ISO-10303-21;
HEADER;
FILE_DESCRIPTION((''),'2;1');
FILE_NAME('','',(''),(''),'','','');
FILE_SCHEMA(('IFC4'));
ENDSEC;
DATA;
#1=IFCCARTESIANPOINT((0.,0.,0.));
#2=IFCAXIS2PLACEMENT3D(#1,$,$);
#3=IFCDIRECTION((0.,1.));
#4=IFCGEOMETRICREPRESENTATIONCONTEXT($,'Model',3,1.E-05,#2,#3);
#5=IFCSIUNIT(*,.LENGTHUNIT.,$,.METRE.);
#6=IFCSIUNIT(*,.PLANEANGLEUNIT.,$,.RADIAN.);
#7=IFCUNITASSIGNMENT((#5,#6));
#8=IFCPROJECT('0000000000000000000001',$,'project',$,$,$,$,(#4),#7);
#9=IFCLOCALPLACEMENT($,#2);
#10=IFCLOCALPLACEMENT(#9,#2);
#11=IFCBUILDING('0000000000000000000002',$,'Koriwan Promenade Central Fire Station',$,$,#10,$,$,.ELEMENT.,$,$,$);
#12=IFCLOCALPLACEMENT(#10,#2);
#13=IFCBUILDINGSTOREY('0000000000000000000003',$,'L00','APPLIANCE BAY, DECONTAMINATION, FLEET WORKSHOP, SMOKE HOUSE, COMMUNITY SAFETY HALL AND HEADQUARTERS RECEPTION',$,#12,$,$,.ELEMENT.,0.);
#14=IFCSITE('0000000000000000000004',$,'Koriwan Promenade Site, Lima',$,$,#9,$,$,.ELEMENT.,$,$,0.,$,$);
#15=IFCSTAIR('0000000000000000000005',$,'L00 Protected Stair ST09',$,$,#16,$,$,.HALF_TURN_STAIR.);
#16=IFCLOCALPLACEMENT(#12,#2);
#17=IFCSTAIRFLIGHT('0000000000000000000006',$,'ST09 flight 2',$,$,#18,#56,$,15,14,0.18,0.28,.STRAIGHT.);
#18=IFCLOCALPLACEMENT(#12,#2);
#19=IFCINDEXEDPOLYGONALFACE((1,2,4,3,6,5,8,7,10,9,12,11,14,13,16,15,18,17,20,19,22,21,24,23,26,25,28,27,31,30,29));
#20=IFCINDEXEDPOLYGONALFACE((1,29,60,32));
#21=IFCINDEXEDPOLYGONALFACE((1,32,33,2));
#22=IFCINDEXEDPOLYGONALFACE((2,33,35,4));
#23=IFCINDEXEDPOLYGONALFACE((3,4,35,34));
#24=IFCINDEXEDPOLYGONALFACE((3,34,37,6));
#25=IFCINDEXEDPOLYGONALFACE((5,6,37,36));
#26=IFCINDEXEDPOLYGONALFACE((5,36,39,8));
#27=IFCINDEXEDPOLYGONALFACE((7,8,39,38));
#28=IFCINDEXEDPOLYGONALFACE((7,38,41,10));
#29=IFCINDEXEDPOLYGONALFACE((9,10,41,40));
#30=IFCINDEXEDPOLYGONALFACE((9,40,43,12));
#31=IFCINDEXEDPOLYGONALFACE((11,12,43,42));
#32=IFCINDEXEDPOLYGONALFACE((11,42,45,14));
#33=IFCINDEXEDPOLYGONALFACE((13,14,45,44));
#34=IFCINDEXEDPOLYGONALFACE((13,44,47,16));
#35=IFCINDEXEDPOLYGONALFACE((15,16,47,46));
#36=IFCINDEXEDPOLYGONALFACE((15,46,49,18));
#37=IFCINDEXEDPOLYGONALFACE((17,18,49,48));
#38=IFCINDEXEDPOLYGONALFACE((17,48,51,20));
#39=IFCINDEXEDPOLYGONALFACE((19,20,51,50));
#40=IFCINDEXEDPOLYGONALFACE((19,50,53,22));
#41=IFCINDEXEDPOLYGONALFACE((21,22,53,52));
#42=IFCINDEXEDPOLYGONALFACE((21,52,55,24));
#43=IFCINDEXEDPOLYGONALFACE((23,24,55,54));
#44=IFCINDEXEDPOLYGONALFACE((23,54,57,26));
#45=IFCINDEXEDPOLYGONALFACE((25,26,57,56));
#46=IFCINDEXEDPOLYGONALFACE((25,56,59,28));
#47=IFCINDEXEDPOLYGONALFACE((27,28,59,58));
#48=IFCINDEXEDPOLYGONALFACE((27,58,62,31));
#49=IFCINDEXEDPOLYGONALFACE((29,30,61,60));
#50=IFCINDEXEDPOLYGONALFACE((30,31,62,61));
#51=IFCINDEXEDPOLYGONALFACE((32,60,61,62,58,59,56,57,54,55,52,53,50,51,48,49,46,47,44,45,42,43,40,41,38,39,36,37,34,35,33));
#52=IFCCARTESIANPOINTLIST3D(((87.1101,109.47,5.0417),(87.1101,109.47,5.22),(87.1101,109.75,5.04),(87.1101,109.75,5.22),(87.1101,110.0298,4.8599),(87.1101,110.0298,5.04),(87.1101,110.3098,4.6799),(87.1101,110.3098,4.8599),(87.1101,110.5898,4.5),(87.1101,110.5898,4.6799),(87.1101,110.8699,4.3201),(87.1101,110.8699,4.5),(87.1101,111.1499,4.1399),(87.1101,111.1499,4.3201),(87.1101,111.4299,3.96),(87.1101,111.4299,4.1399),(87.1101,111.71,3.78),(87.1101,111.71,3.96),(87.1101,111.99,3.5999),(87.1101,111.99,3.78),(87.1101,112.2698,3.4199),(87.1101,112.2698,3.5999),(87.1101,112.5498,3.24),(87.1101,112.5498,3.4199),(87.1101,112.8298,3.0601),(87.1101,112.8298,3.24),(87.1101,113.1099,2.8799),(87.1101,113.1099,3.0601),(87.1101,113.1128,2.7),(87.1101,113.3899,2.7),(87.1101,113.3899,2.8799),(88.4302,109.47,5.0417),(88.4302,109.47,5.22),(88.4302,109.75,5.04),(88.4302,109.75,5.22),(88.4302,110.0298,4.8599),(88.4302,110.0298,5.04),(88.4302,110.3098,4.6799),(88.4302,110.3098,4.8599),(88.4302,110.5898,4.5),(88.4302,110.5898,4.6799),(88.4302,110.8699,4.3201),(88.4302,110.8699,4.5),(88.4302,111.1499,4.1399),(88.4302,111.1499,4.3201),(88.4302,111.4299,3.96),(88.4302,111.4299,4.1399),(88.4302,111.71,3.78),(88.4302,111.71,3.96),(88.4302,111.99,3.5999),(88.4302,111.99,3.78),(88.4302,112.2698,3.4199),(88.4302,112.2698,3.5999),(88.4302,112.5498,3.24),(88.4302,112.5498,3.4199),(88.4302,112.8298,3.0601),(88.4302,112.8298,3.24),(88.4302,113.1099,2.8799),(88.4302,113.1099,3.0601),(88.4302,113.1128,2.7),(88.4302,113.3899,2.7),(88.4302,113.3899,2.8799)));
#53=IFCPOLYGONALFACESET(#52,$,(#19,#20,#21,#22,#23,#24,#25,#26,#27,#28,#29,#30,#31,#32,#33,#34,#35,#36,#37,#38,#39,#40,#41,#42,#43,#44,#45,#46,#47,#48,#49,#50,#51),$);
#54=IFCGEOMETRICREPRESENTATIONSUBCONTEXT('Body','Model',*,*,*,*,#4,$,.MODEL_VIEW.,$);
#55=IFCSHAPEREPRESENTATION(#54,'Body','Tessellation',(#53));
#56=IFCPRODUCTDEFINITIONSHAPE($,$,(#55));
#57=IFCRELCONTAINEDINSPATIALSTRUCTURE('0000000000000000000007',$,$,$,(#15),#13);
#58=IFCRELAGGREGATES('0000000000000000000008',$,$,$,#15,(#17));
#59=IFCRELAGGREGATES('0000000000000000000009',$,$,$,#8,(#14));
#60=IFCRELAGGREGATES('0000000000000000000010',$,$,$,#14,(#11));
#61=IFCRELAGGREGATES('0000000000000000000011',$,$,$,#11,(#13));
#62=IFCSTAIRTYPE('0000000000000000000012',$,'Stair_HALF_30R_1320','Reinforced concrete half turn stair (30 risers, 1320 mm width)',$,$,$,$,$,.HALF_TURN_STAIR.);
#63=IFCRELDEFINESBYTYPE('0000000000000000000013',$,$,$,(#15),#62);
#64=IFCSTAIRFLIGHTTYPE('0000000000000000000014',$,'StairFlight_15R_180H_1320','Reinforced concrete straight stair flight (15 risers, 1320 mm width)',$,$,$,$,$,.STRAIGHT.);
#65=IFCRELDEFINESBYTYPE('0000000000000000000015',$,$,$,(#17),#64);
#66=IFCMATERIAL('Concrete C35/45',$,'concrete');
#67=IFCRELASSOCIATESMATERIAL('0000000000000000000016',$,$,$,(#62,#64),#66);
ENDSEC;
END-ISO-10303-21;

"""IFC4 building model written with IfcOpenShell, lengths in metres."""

from ifc_helpers import new_model, si_unit, direction, frame, origin, place, context, subcontext, project, spatial, polyline, outline, extrude, material, type_object, element, aggregate, save


model = new_model("IFC4")

# Units and contexts
model_context = context("Model", 3, precision=1e-05, world=origin(), true_north=direction((0.0, 1.0)))
body_context = subcontext(model_context, "Body", "Model", "MODEL_VIEW")
ifc_project = project(units=[si_unit("LENGTHUNIT", "METRE"), si_unit("PLANEANGLEUNIT", "RADIAN")], contexts=[model_context])

# Site, building, storey
site_placement = place(None, origin())
site = spatial("IfcSite", under=ifc_project, at=site_placement, Name="Koriwan Promenade Site, Lima", CompositionType="ELEMENT", RefElevation=0.0)
building_placement = place(site_placement, origin())
building = spatial("IfcBuilding", under=site, at=building_placement, Name="Koriwan Promenade Central Fire Station", CompositionType="ELEMENT")
storey_placement = place(building_placement, origin())
storey = spatial("IfcBuildingStorey", under=building, at=storey_placement, Name="L00", Description="APPLIANCE BAY, DECONTAMINATION, FLEET WORKSHOP, SMOKE HOUSE, COMMUNITY SAFETY HALL AND HEADQUARTERS RECEPTION", CompositionType="ELEMENT", Elevation=0.0)

# Shared definitions
ifc_material_1 = material(Name="Concrete C35/45", Category="concrete")

# Stair, stair flight
stair_type = type_object("IfcStairType", Name="Stair_HALF_30R_1320", Description="Reinforced concrete half turn stair (30 risers, 1320 mm width)", PredefinedType="HALF_TURN_STAIR", material=ifc_material_1)
stair_placement = place(storey_placement, origin())
stair = element("IfcStair", 1, at=stair_placement, inside=storey, type_object=stair_type, Name="L00 Protected Stair ST09", PredefinedType="HALF_TURN_STAIR")
stair_flight_type = type_object("IfcStairFlightType", Name="StairFlight_15R_180H_1320", Description="Reinforced concrete straight stair flight (15 risers, 1320 mm width)", PredefinedType="STRAIGHT", material=ifc_material_1)
stair_flight_placement = place(storey_placement, frame((87.77, 113.3899, 2.7), z_axis=(0.0, 0.0, 1.0), x_axis=(0.0, -1.0, 0.0)))
stair_flight = element("IfcStairFlight", 2, at=stair_flight_placement, type_object=stair_flight_type, Name="ST09 flight 2", NumberOfRisers=15, NumberOfTreads=14, PredefinedType="STRAIGHT", RiserHeight=0.18, TreadLength=0.28, context=body_context, shape_type="SweptSolid", body=[
    extrude(outline(polyline([(0.0, 0.0), (0.0, 0.1799), (0.28, 0.1799), (0.28, 0.3601), (0.5601, 0.3601), (0.5601, 0.54), (0.8401, 0.54), (0.8401, 0.72), (1.1201, 0.72), (1.1201, 0.8999), (1.3999, 0.8999), (1.3999, 1.0801), (1.6799, 1.0801), (1.6799, 1.26), (1.96, 1.26), (1.96, 1.4399), (2.24, 1.4399), (2.24, 1.6201), (2.52, 1.6201), (2.52, 1.8), (2.8, 1.8), (2.8, 1.98), (3.0801, 1.98), (3.0801, 2.1599), (3.3601, 2.1599), (3.3601, 2.3401), (3.6399, 2.3401), (3.6399, 2.52), (3.9199, 2.52), (3.9199, 2.7), (3.9199, 2.3418), (0.2771, 0.0), (0.0, 0.0)])), frame((0.0, 0.6602, 0.0), z_axis=(0.0, -1.0, 0.0), x_axis=(1.0, 0.0, 0.0)), (0.0, 0.0, 1.0), 1.3201),
])
aggregate(stair, [stair_flight])

save(model, "model.ifc")
